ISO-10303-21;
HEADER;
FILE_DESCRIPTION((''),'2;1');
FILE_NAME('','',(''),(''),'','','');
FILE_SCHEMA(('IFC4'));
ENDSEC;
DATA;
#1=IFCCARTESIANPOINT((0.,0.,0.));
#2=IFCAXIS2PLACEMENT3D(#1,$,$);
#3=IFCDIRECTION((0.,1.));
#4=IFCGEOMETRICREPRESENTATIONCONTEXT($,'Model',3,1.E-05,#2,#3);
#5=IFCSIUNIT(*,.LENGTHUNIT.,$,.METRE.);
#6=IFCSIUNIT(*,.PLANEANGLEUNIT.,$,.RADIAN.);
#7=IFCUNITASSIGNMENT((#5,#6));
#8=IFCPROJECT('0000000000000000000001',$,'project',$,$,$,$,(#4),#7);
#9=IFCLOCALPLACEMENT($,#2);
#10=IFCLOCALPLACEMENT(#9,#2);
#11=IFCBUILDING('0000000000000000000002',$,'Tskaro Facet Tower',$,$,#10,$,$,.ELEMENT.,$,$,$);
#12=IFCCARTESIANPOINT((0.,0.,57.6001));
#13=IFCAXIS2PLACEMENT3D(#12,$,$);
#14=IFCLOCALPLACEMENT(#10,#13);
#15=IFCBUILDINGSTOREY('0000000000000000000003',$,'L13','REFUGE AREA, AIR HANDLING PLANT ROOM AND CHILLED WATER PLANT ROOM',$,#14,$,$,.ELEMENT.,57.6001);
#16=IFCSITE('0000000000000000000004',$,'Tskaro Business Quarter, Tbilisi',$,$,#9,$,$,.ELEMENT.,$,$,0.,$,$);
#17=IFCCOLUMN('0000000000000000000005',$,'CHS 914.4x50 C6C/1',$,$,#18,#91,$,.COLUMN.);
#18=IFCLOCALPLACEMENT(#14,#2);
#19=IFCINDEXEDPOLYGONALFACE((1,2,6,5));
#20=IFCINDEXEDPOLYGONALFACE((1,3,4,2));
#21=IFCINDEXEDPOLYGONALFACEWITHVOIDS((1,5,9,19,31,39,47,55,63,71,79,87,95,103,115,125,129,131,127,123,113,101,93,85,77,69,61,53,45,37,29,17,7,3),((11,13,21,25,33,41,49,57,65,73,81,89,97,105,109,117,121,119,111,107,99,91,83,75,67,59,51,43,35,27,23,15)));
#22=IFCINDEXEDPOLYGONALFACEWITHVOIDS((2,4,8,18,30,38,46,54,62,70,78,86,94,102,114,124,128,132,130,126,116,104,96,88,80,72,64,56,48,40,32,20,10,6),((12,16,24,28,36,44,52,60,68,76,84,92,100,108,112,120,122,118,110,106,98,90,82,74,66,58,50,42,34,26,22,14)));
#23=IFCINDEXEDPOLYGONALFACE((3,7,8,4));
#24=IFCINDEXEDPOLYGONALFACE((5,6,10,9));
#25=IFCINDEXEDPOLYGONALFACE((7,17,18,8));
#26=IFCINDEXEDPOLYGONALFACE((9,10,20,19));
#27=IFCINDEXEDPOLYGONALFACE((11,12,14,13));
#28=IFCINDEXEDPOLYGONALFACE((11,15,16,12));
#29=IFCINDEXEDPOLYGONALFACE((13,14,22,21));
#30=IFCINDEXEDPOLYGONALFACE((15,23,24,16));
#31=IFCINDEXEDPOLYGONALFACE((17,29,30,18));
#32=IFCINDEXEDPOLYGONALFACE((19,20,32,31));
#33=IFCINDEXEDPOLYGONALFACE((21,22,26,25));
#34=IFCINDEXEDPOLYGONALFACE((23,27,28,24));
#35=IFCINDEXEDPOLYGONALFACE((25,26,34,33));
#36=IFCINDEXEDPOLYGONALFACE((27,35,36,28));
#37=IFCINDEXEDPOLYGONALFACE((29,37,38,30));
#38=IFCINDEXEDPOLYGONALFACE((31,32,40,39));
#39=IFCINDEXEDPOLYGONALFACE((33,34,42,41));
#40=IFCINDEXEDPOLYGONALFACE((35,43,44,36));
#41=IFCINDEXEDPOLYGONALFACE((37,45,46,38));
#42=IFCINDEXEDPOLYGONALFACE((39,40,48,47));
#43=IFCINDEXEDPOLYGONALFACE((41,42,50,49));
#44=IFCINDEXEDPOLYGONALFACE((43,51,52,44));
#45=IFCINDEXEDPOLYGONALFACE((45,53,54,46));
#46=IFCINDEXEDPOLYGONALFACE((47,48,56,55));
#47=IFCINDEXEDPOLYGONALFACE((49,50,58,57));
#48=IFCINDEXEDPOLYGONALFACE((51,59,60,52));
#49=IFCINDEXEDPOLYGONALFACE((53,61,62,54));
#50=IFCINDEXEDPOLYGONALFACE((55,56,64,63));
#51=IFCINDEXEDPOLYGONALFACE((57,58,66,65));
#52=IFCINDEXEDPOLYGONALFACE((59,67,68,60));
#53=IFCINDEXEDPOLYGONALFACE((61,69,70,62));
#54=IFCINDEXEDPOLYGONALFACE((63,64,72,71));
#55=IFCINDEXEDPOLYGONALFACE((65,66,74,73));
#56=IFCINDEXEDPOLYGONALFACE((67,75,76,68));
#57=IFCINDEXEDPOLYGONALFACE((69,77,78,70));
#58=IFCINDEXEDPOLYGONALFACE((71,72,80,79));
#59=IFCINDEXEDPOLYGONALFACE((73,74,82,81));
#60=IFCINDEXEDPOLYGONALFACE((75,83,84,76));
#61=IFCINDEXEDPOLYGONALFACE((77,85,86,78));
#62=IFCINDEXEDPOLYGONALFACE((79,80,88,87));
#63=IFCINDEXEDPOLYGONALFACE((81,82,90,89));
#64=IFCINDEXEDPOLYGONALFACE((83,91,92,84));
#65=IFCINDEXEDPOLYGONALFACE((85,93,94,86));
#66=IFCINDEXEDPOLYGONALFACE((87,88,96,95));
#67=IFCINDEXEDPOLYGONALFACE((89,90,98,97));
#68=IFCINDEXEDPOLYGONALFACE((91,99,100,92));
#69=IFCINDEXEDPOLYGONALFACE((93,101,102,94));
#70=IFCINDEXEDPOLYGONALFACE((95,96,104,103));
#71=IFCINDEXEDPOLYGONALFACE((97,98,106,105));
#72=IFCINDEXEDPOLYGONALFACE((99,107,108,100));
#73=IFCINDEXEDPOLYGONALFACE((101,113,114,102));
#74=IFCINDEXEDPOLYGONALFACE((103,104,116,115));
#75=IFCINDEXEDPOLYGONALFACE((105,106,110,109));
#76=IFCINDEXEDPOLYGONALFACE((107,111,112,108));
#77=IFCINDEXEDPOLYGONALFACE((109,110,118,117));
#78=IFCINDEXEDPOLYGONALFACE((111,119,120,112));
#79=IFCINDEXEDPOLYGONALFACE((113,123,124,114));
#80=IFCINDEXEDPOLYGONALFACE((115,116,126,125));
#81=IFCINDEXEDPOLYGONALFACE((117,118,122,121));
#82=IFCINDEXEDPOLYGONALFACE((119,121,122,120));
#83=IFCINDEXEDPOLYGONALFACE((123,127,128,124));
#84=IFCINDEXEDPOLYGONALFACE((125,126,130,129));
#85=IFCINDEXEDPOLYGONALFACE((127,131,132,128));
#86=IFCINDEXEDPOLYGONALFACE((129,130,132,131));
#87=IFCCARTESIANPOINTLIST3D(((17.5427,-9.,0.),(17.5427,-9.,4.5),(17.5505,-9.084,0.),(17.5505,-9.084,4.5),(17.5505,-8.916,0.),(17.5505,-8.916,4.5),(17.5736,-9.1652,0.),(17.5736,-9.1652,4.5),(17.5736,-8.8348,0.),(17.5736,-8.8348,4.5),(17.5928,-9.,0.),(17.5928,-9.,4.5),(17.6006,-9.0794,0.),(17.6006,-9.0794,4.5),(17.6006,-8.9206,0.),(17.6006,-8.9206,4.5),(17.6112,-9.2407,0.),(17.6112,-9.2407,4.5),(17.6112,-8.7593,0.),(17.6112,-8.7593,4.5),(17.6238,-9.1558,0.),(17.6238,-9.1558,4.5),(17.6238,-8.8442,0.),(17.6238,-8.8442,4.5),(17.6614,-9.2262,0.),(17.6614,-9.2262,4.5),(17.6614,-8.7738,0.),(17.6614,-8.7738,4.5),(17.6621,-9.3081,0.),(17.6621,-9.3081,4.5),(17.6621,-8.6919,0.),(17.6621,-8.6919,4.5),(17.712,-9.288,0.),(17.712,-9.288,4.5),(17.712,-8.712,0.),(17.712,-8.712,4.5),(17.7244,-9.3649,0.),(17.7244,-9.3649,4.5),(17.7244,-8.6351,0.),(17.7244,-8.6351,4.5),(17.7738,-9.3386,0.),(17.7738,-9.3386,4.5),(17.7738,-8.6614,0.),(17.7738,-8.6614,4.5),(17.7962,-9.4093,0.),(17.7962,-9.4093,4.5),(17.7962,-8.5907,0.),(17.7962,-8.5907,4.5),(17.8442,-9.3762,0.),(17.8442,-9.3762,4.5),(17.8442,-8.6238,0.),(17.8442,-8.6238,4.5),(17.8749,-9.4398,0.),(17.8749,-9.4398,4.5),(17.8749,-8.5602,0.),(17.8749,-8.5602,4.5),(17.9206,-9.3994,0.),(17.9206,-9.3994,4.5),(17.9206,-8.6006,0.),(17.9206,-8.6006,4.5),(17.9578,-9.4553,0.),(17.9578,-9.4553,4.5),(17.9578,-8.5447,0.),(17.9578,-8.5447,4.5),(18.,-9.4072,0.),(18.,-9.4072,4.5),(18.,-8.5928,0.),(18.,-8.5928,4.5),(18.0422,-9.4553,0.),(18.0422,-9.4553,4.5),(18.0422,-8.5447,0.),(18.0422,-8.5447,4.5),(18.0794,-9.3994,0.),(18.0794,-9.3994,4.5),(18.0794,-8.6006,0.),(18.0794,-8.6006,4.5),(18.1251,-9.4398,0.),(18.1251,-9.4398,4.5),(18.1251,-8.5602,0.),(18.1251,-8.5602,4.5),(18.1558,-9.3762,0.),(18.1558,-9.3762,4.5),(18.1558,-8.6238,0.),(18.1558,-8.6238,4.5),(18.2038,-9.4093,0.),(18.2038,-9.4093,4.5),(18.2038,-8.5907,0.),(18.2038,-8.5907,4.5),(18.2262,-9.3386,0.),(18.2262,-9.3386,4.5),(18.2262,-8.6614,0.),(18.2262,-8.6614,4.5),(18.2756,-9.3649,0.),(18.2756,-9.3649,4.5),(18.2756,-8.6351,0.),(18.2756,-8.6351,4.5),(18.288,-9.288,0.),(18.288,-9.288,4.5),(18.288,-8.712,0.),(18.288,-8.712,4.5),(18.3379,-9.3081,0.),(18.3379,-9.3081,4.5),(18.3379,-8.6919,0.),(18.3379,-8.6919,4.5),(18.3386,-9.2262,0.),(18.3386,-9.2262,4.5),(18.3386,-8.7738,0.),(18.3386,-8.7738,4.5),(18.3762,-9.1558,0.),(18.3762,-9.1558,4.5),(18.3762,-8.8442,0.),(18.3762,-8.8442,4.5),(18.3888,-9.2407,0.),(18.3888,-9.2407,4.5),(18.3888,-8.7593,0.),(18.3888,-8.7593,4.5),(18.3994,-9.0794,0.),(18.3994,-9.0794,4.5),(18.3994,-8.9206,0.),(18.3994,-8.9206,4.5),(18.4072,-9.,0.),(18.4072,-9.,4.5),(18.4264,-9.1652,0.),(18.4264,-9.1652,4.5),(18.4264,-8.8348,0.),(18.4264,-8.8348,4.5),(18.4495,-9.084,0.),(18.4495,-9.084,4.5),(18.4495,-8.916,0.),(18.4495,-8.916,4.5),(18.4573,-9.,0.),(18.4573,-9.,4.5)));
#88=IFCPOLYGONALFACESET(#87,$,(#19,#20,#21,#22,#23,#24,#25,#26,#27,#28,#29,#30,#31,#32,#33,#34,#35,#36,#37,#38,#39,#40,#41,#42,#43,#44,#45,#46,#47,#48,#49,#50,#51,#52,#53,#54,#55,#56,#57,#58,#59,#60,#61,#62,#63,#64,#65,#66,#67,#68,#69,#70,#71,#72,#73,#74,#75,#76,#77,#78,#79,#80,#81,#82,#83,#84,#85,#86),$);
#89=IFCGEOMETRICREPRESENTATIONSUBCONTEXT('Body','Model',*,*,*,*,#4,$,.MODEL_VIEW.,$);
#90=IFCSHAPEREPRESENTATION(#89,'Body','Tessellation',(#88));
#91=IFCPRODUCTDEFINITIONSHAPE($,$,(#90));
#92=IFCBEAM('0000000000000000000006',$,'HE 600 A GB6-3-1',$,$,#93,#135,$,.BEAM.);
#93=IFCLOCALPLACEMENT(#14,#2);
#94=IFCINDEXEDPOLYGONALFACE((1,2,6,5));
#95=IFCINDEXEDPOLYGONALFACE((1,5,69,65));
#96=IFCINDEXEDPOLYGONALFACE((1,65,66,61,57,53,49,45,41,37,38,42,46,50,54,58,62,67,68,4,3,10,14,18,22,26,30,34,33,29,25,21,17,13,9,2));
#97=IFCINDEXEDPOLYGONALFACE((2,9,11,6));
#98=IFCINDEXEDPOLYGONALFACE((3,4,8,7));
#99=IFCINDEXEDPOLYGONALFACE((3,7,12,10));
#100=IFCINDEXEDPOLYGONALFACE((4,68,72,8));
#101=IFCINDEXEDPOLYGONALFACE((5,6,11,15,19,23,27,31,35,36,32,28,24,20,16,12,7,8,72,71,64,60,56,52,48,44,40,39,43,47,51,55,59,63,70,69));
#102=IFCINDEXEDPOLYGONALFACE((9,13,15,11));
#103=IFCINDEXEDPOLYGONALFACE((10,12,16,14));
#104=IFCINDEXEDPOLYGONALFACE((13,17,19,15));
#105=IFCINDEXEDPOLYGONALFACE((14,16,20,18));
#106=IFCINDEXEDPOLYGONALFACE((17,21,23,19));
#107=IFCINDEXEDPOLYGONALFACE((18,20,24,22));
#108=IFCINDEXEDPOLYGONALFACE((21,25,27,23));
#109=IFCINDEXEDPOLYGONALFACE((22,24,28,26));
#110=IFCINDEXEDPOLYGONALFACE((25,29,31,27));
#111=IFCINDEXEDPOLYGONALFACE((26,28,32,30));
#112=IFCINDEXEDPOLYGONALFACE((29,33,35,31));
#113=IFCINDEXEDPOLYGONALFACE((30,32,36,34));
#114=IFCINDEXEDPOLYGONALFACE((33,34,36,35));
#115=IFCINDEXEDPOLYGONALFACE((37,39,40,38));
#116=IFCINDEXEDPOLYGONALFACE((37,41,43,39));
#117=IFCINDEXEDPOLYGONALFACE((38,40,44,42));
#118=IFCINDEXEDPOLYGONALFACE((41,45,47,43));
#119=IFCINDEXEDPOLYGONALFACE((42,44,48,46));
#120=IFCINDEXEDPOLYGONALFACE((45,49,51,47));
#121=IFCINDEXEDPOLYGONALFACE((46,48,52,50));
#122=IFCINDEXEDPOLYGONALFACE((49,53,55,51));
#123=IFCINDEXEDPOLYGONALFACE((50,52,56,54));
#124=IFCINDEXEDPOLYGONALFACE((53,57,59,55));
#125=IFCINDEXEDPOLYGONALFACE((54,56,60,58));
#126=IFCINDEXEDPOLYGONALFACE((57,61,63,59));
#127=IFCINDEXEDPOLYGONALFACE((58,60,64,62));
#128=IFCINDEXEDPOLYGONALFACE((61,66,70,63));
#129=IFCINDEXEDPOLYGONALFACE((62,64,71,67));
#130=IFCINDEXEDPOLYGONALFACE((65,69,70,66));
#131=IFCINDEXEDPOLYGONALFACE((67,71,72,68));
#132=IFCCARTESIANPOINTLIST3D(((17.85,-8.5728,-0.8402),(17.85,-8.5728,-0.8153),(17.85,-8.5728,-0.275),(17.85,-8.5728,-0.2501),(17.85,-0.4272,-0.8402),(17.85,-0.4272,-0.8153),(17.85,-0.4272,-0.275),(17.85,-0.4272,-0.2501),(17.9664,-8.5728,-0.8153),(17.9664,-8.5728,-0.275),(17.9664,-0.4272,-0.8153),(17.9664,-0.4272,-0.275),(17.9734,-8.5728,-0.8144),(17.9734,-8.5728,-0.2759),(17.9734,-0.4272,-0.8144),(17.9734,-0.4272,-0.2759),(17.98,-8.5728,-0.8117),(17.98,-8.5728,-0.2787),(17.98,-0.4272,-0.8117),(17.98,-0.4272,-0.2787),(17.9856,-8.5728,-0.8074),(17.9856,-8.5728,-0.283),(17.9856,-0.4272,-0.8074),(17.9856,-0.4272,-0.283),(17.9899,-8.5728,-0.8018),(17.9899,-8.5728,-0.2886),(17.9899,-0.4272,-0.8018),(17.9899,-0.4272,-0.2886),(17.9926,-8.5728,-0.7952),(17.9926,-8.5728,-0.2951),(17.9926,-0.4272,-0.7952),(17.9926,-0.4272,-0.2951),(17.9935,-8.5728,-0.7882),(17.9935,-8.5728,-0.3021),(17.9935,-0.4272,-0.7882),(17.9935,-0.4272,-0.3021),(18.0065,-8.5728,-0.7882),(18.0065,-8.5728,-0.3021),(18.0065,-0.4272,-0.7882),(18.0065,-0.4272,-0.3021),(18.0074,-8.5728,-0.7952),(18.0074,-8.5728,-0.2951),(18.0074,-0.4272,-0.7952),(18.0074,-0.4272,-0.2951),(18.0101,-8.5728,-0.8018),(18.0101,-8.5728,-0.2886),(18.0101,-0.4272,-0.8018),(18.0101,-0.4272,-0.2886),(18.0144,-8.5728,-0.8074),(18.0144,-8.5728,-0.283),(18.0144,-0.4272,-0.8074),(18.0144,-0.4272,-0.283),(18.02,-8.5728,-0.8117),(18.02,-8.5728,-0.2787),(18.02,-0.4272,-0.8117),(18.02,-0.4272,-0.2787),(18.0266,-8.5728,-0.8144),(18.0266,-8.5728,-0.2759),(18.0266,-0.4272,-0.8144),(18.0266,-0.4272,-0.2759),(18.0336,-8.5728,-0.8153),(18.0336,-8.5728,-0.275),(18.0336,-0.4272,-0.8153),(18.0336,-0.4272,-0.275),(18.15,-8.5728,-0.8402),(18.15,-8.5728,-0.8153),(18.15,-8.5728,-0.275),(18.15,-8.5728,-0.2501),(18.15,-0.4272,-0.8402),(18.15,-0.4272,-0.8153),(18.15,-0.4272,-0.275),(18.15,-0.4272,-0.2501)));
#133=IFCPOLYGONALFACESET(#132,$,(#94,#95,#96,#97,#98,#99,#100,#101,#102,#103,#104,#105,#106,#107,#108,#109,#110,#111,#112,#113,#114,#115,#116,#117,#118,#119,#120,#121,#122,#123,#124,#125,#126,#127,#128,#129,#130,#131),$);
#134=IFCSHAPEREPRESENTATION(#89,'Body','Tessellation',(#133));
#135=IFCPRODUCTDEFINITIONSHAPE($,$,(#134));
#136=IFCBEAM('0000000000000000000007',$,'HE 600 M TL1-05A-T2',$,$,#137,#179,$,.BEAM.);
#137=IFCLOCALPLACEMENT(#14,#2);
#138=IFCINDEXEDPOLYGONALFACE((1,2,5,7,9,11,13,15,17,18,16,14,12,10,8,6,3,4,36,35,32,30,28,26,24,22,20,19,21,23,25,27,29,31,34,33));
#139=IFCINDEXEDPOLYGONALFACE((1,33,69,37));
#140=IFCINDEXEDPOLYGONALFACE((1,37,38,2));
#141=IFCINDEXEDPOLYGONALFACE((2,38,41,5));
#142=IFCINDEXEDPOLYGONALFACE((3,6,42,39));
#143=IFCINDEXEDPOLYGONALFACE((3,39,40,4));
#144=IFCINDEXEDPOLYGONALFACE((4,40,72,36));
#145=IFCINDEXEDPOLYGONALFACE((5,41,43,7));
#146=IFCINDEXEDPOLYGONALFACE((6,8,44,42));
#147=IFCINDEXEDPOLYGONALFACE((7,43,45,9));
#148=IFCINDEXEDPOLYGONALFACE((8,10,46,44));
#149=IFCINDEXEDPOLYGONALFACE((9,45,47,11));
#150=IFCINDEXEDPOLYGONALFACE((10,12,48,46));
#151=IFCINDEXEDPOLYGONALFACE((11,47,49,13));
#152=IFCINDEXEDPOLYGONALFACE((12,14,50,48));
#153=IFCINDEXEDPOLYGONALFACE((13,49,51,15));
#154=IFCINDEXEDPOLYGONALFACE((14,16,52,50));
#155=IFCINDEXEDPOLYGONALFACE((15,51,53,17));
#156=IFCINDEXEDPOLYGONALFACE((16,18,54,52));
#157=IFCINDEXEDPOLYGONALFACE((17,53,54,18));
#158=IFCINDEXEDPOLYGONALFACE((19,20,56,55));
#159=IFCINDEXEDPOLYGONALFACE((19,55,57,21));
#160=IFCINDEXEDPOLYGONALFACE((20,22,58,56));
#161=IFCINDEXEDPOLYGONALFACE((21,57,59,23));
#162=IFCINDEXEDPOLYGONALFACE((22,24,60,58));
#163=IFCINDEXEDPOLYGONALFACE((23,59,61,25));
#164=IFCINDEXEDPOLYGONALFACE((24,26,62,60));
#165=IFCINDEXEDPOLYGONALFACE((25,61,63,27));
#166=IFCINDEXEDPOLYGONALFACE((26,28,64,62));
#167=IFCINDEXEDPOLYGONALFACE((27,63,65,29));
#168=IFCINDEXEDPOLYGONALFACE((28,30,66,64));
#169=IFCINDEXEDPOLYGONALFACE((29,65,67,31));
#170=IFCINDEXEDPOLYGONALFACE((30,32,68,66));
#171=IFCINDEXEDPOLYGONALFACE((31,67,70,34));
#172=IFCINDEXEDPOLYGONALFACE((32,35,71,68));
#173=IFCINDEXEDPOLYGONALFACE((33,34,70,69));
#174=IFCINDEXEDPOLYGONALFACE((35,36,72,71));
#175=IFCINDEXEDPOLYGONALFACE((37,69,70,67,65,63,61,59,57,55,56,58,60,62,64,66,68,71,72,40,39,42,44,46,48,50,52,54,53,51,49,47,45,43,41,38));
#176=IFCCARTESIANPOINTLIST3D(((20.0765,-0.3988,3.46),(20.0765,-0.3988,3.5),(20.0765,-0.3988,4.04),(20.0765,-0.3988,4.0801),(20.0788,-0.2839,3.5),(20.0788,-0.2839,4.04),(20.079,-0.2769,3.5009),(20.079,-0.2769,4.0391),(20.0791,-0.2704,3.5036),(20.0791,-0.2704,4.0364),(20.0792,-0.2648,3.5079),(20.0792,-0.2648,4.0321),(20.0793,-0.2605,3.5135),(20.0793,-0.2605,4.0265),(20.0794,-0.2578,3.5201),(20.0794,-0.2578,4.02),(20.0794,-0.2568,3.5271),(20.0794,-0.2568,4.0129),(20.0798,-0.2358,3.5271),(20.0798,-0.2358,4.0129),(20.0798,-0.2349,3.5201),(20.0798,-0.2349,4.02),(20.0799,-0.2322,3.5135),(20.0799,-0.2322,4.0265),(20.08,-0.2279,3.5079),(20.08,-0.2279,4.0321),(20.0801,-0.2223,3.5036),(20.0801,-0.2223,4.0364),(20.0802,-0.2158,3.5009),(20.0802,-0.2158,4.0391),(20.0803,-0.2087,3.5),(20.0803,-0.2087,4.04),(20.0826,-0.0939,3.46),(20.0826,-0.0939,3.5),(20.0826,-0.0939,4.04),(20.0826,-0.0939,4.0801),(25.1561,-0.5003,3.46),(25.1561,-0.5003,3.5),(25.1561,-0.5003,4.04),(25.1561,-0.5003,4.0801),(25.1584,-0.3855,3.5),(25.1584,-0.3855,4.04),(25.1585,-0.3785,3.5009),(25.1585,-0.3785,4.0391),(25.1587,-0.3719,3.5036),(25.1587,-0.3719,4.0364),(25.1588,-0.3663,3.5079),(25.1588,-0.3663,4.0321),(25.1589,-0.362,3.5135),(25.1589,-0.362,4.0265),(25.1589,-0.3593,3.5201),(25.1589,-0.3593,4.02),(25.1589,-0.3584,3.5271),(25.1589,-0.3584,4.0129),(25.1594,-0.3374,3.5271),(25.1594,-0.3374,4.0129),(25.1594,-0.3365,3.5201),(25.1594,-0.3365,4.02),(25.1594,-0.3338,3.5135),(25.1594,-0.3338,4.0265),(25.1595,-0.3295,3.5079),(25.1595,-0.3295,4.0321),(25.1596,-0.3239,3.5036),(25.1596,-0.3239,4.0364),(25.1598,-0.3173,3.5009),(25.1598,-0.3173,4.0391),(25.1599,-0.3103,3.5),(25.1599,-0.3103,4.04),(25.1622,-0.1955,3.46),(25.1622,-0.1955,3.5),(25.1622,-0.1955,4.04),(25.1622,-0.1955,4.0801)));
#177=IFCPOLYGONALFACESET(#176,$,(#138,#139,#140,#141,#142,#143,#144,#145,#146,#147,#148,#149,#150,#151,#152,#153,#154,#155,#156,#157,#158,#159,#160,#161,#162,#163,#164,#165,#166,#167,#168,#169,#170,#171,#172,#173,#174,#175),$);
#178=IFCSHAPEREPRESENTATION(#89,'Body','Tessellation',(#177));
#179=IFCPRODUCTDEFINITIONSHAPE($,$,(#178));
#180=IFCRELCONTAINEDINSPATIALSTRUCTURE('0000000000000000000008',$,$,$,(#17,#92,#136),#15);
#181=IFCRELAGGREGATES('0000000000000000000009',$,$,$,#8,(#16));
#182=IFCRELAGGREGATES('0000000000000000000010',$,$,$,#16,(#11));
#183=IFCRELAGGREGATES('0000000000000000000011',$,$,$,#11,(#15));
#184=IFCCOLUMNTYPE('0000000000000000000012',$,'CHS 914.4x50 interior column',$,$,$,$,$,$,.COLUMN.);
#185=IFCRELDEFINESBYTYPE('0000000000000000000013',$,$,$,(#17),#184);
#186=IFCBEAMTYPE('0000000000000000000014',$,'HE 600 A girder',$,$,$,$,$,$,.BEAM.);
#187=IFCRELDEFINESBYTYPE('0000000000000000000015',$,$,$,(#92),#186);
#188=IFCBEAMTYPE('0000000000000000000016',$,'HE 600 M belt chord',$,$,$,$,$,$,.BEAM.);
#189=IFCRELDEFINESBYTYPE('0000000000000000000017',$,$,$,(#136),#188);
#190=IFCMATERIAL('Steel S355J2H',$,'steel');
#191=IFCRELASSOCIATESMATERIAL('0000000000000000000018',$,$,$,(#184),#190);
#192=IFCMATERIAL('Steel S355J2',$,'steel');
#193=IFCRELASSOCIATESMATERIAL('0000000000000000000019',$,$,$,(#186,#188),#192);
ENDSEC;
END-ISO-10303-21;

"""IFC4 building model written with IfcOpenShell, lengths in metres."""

from ifc_helpers import new_model, si_unit, direction, frame, origin, origin_2d, place, context, subcontext, project, spatial, hollow_circle, i_section, extrude, material, material_profile, profile_set, type_object, element, save


model = new_model("IFC4")

# Units and contexts
model_context = context("Model", 3, precision=1e-05, world=origin(), true_north=direction((0.0, 1.0)))
body_context = subcontext(model_context, "Body", "Model", "MODEL_VIEW")
ifc_project = project(units=[si_unit("LENGTHUNIT", "METRE"), si_unit("PLANEANGLEUNIT", "RADIAN")], contexts=[model_context])

# Site, building, storey
site_placement = place(None, origin())
site = spatial("IfcSite", under=ifc_project, at=site_placement, Name="Tskaro Business Quarter, Tbilisi", CompositionType="ELEMENT", RefElevation=0.0)
building_placement = place(site_placement, origin())
building = spatial("IfcBuilding", under=site, at=building_placement, Name="Tskaro Facet Tower", CompositionType="ELEMENT")
storey_placement = place(building_placement, frame((0.0, 0.0, 57.6001)))
storey = spatial("IfcBuildingStorey", under=building, at=storey_placement, Name="L13", Description="REFUGE AREA, AIR HANDLING PLANT ROOM AND CHILLED WATER PLANT ROOM", CompositionType="ELEMENT", Elevation=57.6001)

# Column
ifc_material_1 = material(Name="Steel S355J2H", Category="steel")
ifc_material_profile_1 = material_profile(ifc_material_1, hollow_circle(Radius=0.4573, WallThickness=0.05, at=origin_2d()), Name="CHS 914.4x50")
ifc_profile_set_1 = profile_set([ifc_material_profile_1], Name="Steel S355J2H")
column_type = type_object("IfcColumnType", Name="CHS 914.4x50 interior column", PredefinedType="COLUMN", material=ifc_profile_set_1)
column_placement = place(storey_placement, frame((18.0, -9.0, 0.0), z_axis=(0.0, 0.0, 1.0), x_axis=(1.0, 0.0, 0.0)))
element("IfcColumn", 1, at=column_placement, inside=storey, type_object=column_type, Name="CHS 914.4x50 C6C/1", PredefinedType="COLUMN", context=body_context, shape_type="SweptSolid", body=[
    extrude(hollow_circle(Radius=0.4573, WallThickness=0.05, at=origin_2d()), origin(), (0.0, 0.0, 1.0), 4.5),
])

# Beams
ifc_material_2 = material(Name="Steel S355J2", Category="steel")
ifc_material_profile_2 = material_profile(ifc_material_2, i_section(OverallWidth=0.3, OverallDepth=0.5901, WebThickness=0.0129, FlangeThickness=0.0249, FilletRadius=0.0271, at=origin_2d()), Name="HE 600 A")
ifc_profile_set_2 = profile_set([ifc_material_profile_2], Name="Steel S355J2")
beam_type_1 = type_object("IfcBeamType", Name="HE 600 A girder", PredefinedType="BEAM", material=ifc_profile_set_2)
beam_1_placement = place(storey_placement, frame((18.0, -8.5728, -0.5452), z_axis=(0.0, 1.0, 0.0), x_axis=(-1.0, 0.0, 0.0)))
element("IfcBeam", 2, at=beam_1_placement, inside=storey, type_object=beam_type_1, Name="HE 600 A GB6-3-1", PredefinedType="BEAM", context=body_context, shape_type="SweptSolid", body=[
    extrude(i_section(OverallWidth=0.3, OverallDepth=0.5901, WebThickness=0.0129, FlangeThickness=0.0249, FilletRadius=0.0271, at=origin_2d()), origin(), (0.0, 0.0, 1.0), 8.1455),
])
ifc_material_profile_3 = material_profile(ifc_material_2, i_section(OverallWidth=0.3049, OverallDepth=0.6201, WebThickness=0.021, FlangeThickness=0.04, FilletRadius=0.0271, at=origin_2d()), Name="HE 600 M")
ifc_profile_set_3 = profile_set([ifc_material_profile_3], Name="Steel S355J2")
beam_type_2 = type_object("IfcBeamType", Name="HE 600 M belt chord", PredefinedType="BEAM", material=ifc_profile_set_3)
beam_2_placement = place(storey_placement, frame((20.0796, -0.2463, 3.77), z_axis=(0.9998, -0.01999, 0.0), x_axis=(0.01999, 0.9998, 0.0)))
element("IfcBeam", 3, at=beam_2_placement, inside=storey, type_object=beam_type_2, Name="HE 600 M TL1-05A-T2", PredefinedType="BEAM", context=body_context, shape_type="SweptSolid", body=[
    extrude(i_section(OverallWidth=0.3049, OverallDepth=0.6201, WebThickness=0.021, FlangeThickness=0.04, FilletRadius=0.0271, at=origin_2d()), origin(), (0.0, 0.0, 1.0), 5.0806),
])

save(model, "model.ifc")
